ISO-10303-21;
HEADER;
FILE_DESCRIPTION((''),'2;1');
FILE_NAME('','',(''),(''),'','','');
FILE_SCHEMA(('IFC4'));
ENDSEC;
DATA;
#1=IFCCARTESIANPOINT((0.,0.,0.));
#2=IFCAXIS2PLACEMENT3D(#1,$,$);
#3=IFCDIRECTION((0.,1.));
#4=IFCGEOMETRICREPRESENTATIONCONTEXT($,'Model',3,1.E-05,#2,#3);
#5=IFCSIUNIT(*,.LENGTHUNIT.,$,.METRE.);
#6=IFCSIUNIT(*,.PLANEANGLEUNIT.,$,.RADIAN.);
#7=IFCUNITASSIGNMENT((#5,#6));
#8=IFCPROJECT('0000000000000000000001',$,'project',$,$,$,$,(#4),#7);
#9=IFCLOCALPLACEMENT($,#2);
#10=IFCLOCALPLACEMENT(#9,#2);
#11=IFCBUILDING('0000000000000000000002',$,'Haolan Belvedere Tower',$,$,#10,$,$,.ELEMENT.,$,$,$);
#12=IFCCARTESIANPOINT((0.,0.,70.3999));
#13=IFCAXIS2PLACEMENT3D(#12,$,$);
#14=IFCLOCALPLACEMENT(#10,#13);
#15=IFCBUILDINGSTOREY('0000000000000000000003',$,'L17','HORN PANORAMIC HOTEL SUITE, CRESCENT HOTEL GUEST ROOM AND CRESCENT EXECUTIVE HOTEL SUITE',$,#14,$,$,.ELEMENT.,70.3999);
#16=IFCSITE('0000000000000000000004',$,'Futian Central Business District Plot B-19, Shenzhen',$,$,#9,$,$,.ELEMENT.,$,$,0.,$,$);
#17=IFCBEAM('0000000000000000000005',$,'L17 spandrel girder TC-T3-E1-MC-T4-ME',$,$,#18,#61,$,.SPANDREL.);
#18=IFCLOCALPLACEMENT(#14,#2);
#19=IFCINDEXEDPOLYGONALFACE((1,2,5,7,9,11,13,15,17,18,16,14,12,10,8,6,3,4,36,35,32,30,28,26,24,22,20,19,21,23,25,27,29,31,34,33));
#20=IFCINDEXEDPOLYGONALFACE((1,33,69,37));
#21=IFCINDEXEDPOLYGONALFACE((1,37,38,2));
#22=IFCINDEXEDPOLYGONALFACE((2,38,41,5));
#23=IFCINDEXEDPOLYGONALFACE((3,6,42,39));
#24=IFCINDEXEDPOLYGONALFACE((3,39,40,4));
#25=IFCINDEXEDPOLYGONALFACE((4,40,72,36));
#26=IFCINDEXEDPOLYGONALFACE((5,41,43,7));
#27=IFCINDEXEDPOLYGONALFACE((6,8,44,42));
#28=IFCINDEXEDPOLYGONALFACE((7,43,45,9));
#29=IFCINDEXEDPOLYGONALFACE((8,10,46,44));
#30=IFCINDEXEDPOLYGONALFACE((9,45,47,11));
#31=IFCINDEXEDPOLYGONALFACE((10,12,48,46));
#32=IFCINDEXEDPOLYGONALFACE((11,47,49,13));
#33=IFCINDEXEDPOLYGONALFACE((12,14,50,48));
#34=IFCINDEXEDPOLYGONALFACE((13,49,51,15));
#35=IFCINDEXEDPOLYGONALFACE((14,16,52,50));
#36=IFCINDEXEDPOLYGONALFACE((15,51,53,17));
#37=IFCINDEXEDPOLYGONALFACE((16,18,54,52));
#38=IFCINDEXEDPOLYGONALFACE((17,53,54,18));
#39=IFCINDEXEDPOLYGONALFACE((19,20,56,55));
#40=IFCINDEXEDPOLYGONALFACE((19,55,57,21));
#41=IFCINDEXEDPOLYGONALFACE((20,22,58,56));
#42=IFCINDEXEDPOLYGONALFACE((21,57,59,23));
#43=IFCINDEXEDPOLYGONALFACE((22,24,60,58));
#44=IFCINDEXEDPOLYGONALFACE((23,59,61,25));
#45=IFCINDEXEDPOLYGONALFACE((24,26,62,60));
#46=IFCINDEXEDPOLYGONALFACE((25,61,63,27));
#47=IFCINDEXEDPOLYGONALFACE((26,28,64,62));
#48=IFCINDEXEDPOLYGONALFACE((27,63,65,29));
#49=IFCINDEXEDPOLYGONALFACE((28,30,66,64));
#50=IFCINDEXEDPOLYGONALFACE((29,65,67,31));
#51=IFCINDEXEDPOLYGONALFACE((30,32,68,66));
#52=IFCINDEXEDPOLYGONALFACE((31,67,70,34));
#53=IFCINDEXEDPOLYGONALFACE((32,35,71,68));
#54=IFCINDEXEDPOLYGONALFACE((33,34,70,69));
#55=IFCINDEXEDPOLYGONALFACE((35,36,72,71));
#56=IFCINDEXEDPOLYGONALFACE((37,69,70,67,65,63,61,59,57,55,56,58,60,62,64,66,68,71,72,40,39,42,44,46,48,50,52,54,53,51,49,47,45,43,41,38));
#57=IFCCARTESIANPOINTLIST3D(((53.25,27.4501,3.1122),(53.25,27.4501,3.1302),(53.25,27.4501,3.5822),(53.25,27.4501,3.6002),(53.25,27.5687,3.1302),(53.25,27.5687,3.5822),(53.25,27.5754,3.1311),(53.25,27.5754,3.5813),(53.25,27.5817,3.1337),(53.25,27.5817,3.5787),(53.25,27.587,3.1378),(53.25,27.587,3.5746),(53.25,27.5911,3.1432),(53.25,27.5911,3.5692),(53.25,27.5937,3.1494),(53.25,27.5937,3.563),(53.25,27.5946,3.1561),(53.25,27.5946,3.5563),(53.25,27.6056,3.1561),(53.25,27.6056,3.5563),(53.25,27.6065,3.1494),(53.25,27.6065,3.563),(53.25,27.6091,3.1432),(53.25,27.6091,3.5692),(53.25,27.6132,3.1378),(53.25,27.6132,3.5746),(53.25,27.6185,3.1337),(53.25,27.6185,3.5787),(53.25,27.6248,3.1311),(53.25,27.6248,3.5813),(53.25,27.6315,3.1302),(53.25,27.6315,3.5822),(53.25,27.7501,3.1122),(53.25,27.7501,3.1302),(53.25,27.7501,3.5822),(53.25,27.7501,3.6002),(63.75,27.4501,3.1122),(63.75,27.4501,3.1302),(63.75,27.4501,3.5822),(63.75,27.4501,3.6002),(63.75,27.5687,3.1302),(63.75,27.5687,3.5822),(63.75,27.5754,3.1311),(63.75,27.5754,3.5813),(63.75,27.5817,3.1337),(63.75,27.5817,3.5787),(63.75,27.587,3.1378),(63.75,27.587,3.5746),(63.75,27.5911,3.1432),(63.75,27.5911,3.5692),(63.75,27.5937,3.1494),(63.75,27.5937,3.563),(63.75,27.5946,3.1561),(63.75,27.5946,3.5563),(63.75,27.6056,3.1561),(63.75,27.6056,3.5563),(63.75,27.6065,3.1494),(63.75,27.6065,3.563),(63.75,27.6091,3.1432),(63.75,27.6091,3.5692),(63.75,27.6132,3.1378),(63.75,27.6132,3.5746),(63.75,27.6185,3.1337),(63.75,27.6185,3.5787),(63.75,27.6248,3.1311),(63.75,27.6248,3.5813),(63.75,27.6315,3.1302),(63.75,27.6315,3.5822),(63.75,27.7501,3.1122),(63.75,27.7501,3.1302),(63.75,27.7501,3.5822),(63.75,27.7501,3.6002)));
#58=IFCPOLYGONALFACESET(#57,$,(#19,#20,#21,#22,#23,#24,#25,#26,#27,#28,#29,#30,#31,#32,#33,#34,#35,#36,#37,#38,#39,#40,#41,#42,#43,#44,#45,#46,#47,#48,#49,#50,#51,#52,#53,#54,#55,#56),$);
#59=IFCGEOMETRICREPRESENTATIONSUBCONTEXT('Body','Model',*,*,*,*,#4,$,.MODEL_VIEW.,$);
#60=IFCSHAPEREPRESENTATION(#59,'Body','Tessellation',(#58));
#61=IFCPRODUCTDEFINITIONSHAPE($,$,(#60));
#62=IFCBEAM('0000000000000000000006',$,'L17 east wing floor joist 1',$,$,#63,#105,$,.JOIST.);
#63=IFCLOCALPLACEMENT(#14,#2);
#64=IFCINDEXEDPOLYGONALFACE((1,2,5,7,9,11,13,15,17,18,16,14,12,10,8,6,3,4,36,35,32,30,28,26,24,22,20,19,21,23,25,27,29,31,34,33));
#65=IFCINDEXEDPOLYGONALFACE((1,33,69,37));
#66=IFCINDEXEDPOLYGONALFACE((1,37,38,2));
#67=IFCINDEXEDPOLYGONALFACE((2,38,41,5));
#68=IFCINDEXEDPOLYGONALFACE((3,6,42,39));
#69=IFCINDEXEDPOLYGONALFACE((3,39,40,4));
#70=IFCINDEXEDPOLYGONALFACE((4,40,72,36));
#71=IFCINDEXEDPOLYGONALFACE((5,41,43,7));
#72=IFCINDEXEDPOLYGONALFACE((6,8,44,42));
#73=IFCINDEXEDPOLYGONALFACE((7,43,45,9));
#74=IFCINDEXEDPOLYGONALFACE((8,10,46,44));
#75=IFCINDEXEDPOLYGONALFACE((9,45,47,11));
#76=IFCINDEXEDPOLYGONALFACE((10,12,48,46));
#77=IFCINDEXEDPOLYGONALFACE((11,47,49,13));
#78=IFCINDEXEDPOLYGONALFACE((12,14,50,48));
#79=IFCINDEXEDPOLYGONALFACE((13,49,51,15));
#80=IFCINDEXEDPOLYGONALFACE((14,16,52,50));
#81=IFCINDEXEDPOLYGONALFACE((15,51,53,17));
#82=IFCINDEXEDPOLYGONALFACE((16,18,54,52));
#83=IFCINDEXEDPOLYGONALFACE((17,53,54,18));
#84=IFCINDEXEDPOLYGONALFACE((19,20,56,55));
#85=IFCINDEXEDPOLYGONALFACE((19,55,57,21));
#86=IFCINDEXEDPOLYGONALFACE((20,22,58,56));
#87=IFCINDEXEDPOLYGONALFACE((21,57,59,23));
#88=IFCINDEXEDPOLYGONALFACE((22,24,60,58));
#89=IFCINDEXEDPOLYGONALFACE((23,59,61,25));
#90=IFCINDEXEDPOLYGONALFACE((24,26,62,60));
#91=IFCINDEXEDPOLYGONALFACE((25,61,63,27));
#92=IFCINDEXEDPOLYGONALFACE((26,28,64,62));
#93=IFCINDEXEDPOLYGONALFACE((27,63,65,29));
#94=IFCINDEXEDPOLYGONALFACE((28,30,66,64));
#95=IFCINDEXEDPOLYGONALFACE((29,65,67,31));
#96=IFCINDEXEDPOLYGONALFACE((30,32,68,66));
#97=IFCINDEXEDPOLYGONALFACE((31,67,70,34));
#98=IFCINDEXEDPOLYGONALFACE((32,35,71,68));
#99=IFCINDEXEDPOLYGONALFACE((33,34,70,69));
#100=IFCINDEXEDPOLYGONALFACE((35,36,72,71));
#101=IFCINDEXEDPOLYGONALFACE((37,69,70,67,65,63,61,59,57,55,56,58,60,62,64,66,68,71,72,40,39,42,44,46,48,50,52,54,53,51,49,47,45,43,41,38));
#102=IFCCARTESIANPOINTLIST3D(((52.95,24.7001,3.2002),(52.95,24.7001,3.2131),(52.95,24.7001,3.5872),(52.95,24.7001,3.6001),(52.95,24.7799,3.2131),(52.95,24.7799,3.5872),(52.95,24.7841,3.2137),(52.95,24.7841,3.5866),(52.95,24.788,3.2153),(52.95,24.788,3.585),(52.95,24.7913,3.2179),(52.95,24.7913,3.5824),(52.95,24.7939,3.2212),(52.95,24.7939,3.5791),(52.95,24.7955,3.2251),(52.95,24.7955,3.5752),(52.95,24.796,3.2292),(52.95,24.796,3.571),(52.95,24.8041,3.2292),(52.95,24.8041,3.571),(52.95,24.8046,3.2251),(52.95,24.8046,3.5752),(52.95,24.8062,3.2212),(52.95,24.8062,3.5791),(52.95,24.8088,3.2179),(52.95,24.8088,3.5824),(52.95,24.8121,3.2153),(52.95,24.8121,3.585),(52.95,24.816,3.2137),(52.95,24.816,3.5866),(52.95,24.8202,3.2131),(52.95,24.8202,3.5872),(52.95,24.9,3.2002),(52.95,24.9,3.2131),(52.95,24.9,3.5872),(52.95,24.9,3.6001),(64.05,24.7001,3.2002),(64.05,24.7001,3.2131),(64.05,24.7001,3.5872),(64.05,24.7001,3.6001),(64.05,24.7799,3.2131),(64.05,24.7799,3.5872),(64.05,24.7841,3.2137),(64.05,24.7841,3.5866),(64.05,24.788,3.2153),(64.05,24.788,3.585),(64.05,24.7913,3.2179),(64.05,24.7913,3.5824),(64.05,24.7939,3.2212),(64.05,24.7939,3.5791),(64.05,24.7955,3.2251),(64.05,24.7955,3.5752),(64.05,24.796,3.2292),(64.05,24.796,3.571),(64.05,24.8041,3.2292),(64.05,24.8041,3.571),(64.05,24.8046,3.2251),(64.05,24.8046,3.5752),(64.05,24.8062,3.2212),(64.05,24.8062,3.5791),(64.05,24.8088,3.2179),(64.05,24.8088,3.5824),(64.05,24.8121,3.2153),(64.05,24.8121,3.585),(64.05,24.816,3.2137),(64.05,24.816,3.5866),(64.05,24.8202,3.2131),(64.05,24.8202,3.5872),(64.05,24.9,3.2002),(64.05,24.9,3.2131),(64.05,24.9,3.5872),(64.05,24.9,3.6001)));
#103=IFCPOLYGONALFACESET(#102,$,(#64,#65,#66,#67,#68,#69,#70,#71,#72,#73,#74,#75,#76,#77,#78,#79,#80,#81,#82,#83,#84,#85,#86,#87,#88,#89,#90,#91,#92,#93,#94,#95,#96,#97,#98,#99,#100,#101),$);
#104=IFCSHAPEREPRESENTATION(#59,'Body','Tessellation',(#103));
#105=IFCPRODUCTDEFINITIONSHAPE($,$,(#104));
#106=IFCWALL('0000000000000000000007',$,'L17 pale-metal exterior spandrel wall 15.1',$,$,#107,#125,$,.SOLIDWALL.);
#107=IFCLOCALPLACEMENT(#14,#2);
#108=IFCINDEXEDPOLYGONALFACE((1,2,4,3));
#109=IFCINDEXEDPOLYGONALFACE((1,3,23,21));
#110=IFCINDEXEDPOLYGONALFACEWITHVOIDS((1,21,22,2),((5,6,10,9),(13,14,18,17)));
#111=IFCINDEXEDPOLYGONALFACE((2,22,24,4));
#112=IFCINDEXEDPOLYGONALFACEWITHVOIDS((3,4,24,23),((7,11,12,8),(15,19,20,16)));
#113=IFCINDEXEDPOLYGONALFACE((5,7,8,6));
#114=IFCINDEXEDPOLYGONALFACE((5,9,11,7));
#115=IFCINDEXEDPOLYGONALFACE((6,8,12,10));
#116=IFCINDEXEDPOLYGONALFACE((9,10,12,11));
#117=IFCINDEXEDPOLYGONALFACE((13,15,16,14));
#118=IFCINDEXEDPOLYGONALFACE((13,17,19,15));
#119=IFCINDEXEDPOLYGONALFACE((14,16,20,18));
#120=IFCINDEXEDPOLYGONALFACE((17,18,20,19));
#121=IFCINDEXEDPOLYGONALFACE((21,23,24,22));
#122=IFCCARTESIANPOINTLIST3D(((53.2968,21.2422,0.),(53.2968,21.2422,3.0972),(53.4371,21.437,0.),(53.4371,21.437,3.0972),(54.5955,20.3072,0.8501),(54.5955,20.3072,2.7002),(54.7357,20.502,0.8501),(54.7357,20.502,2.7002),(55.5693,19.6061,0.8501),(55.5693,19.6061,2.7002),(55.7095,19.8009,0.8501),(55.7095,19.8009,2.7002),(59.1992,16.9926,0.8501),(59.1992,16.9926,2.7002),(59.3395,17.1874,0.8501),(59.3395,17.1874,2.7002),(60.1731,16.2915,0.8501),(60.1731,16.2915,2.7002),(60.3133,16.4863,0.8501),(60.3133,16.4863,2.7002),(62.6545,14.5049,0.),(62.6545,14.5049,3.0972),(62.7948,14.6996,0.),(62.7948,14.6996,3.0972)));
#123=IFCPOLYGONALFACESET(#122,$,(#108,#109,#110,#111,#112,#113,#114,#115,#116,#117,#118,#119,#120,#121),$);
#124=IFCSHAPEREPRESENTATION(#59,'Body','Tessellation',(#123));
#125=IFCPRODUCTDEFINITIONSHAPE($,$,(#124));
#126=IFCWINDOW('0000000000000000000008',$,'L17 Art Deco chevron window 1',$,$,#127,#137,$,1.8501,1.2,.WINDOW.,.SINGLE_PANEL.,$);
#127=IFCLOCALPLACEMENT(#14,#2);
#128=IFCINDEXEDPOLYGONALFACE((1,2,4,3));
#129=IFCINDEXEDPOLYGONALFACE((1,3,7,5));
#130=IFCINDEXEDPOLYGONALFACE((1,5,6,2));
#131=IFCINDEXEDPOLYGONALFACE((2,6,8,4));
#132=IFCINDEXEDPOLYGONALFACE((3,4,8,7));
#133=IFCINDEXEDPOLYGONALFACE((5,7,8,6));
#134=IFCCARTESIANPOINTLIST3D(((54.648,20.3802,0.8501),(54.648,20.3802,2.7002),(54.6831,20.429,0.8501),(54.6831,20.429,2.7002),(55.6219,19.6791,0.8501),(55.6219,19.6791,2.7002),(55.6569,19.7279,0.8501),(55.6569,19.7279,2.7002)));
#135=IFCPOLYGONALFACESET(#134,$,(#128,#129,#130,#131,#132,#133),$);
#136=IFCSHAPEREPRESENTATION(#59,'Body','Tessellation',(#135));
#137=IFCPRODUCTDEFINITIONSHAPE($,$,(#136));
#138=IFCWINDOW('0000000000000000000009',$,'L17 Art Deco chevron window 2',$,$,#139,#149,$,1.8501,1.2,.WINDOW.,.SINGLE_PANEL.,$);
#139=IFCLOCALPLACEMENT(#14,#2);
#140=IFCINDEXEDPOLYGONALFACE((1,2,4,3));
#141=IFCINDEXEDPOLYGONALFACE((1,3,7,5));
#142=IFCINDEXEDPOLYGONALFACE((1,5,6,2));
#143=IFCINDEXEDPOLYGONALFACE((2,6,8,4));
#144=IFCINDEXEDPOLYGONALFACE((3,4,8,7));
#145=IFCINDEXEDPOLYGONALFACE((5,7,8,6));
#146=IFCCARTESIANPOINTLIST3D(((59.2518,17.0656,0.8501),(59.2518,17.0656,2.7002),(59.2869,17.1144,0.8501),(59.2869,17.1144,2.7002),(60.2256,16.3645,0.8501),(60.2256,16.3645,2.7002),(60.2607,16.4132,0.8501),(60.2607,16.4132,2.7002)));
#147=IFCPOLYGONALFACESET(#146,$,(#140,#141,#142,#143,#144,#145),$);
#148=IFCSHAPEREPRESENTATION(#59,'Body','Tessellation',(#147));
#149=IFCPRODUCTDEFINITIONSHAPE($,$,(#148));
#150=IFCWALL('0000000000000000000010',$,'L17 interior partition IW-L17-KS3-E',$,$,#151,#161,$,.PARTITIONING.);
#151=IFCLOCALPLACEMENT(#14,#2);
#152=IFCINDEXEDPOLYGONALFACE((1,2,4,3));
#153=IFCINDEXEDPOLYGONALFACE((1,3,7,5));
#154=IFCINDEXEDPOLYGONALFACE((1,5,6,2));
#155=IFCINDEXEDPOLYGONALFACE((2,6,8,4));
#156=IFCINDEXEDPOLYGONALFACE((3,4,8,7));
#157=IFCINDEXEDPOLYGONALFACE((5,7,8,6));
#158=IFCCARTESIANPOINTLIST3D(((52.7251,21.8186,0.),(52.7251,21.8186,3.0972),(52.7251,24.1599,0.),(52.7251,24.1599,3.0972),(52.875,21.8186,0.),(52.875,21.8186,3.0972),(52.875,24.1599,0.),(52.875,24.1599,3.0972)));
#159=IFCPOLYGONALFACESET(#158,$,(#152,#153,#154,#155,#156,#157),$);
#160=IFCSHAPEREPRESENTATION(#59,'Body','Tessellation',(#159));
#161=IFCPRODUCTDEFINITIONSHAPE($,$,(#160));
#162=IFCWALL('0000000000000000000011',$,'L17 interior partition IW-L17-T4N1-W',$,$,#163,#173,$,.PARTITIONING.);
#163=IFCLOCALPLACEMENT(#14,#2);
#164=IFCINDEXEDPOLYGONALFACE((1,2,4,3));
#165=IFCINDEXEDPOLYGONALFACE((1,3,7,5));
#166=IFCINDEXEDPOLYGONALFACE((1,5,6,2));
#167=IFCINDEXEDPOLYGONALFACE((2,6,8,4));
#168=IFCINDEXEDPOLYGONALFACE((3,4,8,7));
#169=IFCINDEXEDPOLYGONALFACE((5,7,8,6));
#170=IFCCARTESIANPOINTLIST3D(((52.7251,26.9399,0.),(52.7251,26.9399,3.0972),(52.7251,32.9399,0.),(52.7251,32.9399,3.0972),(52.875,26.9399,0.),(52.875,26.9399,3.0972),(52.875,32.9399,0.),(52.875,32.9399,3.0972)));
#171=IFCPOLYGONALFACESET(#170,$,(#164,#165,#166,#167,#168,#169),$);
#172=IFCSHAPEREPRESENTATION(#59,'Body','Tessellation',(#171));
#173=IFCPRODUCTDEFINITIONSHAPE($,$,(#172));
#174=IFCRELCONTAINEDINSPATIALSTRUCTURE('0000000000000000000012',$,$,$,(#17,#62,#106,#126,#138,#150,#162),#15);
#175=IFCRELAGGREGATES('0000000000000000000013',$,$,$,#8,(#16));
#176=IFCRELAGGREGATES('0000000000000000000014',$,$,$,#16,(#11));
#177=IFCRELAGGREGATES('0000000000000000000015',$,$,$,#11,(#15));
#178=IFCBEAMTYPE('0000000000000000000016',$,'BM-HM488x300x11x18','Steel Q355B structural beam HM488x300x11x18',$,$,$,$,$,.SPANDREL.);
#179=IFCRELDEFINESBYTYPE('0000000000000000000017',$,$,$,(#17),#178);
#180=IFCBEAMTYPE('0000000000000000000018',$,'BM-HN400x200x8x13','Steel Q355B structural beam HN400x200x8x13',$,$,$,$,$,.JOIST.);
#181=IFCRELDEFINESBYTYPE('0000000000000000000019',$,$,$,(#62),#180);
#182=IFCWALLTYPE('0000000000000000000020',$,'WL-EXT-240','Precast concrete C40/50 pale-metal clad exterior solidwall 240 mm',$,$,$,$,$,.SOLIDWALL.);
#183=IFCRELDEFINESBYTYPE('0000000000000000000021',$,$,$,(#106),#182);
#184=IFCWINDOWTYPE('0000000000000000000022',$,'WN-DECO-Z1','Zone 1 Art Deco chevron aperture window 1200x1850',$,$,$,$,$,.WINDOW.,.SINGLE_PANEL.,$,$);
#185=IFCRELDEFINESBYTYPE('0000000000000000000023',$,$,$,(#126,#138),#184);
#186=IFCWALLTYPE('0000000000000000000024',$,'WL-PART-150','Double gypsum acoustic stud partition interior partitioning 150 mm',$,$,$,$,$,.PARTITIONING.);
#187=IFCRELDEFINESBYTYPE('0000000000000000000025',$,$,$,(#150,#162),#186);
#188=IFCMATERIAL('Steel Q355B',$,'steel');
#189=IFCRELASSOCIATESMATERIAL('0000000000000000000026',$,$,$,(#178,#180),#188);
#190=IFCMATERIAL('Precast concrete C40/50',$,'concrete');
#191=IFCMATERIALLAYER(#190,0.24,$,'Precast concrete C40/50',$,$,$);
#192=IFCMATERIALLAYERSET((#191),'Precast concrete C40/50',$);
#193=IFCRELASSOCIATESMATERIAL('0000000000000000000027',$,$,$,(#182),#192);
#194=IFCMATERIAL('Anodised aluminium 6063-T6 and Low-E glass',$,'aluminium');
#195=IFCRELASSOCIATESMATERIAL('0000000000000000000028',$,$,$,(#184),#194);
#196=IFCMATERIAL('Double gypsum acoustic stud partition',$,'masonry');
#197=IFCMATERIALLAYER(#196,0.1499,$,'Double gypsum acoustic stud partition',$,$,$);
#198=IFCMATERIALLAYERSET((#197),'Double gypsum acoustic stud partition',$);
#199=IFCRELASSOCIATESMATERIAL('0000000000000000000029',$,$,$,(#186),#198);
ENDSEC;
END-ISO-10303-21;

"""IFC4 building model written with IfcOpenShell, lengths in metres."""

from ifc_helpers import new_model, si_unit, direction, frame, frame_2d, origin, origin_2d, place, context, subcontext, project, spatial, rectangle, i_section, extrude, material, layer, layer_set, material_profile, profile_set, type_object, element, fill, save


model = new_model("IFC4")

# Units and contexts
model_context = context("Model", 3, precision=1e-05, world=origin(), true_north=direction((0.0, 1.0)))
body_context = subcontext(model_context, "Body", "Model", "MODEL_VIEW")
ifc_project = project(units=[si_unit("LENGTHUNIT", "METRE"), si_unit("PLANEANGLEUNIT", "RADIAN")], contexts=[model_context])

# Site, building, storey
site_placement = place(None, origin())
site = spatial("IfcSite", under=ifc_project, at=site_placement, Name="Futian Central Business District Plot B-19, Shenzhen", CompositionType="ELEMENT", RefElevation=0.0)
building_placement = place(site_placement, origin())
building = spatial("IfcBuilding", under=site, at=building_placement, Name="Haolan Belvedere Tower", CompositionType="ELEMENT")
storey_placement = place(building_placement, frame((0.0, 0.0, 70.3999)))
storey = spatial("IfcBuildingStorey", under=building, at=storey_placement, Name="L17", Description="HORN PANORAMIC HOTEL SUITE, CRESCENT HOTEL GUEST ROOM AND CRESCENT EXECUTIVE HOTEL SUITE", CompositionType="ELEMENT", Elevation=70.3999)

# Shared definitions
ifc_material_1 = material(Name="Steel Q355B", Category="steel")

# Beams
ifc_material_profile_1 = material_profile(ifc_material_1, i_section(OverallWidth=0.3, OverallDepth=0.488, WebThickness=0.011, FlangeThickness=0.0181, FilletRadius=0.0259, at=origin_2d()), Name="Steel Q355B")
ifc_profile_set_1 = profile_set([ifc_material_profile_1], Name="Steel Q355B")
beam_type_1 = type_object("IfcBeamType", Name="BM-HM488x300x11x18", Description="Steel Q355B structural beam HM488x300x11x18", PredefinedType="SPANDREL", material=ifc_profile_set_1)
beam_1_placement = place(storey_placement, frame((53.25, 27.6001, 3.3562), z_axis=(1.0, 0.0, 0.0), x_axis=(0.0, 1.0, 0.0)))
element("IfcBeam", 1, at=beam_1_placement, inside=storey, type_object=beam_type_1, Name="L17 spandrel girder TC-T3-E1-MC-T4-ME", PredefinedType="SPANDREL", context=body_context, shape_type="SweptSolid", body=[
    extrude(i_section(OverallWidth=0.3, OverallDepth=0.488, WebThickness=0.011, FlangeThickness=0.0181, FilletRadius=0.0259, at=origin_2d()), origin(), (0.0, 0.0, 1.0), 10.5),
])
ifc_material_profile_2 = material_profile(ifc_material_1, i_section(OverallWidth=0.2, OverallDepth=0.3999, WebThickness=0.0081, FlangeThickness=0.0129, FilletRadius=0.0161, at=origin_2d()), Name="Steel Q355B")
ifc_profile_set_2 = profile_set([ifc_material_profile_2], Name="Steel Q355B")
beam_type_2 = type_object("IfcBeamType", Name="BM-HN400x200x8x13", Description="Steel Q355B structural beam HN400x200x8x13", PredefinedType="JOIST", material=ifc_profile_set_2)
beam_2_placement = place(storey_placement, frame((52.95, 24.8, 3.4001), z_axis=(1.0, 0.0, 0.0), x_axis=(0.0, 1.0, 0.0)))
element("IfcBeam", 2, at=beam_2_placement, inside=storey, type_object=beam_type_2, Name="L17 east wing floor joist 1", PredefinedType="JOIST", context=body_context, shape_type="SweptSolid", body=[
    extrude(i_section(OverallWidth=0.2, OverallDepth=0.3999, WebThickness=0.0081, FlangeThickness=0.0129, FilletRadius=0.0161, at=origin_2d()), origin(), (0.0, 0.0, 1.0), 11.1001),
])

# Wall, openings, windows
ifc_material_2 = material(Name="Precast concrete C40/50", Category="concrete")
ifc_layer_1 = layer(ifc_material_2, 0.24, Name="Precast concrete C40/50")
ifc_layer_set_1 = layer_set([ifc_layer_1], Name="Precast concrete C40/50")
wall_type_1 = type_object("IfcWallType", Name="WL-EXT-240", Description="Precast concrete C40/50 pale-metal clad exterior solidwall 240 mm", PredefinedType="SOLIDWALL", material=ifc_layer_set_1)
wall_1_placement = place(storey_placement, frame((53.3669, 21.3396, 0.0), z_axis=(0.0, 0.0, 1.0), x_axis=(0.811543, -0.584292, 0.0)))
wall_1 = element("IfcWall", 3, at=wall_1_placement, inside=storey, type_object=wall_type_1, Name="L17 pale-metal exterior spandrel wall 15.1", PredefinedType="SOLIDWALL", context=body_context, shape_type="SweptSolid", body=[
    extrude(rectangle(XDim=11.5308, YDim=0.24, at=frame_2d((5.7654, 0.0))), origin(), (0.0, 0.0, 1.0), 3.0972),
])
opening_1_placement = place(wall_1_placement, frame((1.6001, 0.0, 0.8501)))
opening_1 = element("IfcOpeningElement", 4, at=opening_1_placement, cuts=wall_1, PredefinedType="OPENING", context=body_context, shape_type="SweptSolid", body=[
    extrude(rectangle(XDim=1.2, YDim=1.8501, at=frame_2d((0.6001, 0.925))), frame((0.0, 0.1299, 0.0), z_axis=(0.0, -1.0, 0.0), x_axis=(1.0, 0.0, 0.0)), (0.0, 0.0, 1.0), 0.26),
])
opening_2_placement = place(wall_1_placement, frame((7.2729, 0.0, 0.8501)))
opening_2 = element("IfcOpeningElement", 5, at=opening_2_placement, cuts=wall_1, PredefinedType="OPENING", context=body_context, shape_type="SweptSolid", body=[
    extrude(rectangle(XDim=1.2, YDim=1.8501, at=frame_2d((0.6001, 0.925))), frame((0.0, 0.1299, 0.0), z_axis=(0.0, -1.0, 0.0), x_axis=(1.0, 0.0, 0.0)), (0.0, 0.0, 1.0), 0.26),
])
ifc_material_3 = material(Name="Anodised aluminium 6063-T6 and Low-E glass", Category="aluminium")
window_type = type_object("IfcWindowType", Name="WN-DECO-Z1", Description="Zone 1 Art Deco chevron aperture window 1200x1850", PartitioningType="SINGLE_PANEL", PredefinedType="WINDOW", material=ifc_material_3)
window_1_placement = place(opening_1_placement, origin())
window_1 = element("IfcWindow", 6, at=window_1_placement, inside=storey, type_object=window_type, Name="L17 Art Deco chevron window 1", OverallHeight=1.8501, OverallWidth=1.2, PartitioningType="SINGLE_PANEL", PredefinedType="WINDOW", context=body_context, shape_type="SweptSolid", body=[
    extrude(rectangle(XDim=1.2, YDim=1.8501, at=frame_2d((0.6001, 0.925))), frame((0.0, 0.03, 0.0), z_axis=(0.0, -1.0, 0.0), x_axis=(1.0, 0.0, 0.0)), (0.0, 0.0, 1.0), 0.0601),
])
fill(opening_1, window_1)
window_2_placement = place(opening_2_placement, origin())
window_2 = element("IfcWindow", 7, at=window_2_placement, inside=storey, type_object=window_type, Name="L17 Art Deco chevron window 2", OverallHeight=1.8501, OverallWidth=1.2, PartitioningType="SINGLE_PANEL", PredefinedType="WINDOW", context=body_context, shape_type="SweptSolid", body=[
    extrude(rectangle(XDim=1.2, YDim=1.8501, at=frame_2d((0.6001, 0.925))), frame((0.0, 0.03, 0.0), z_axis=(0.0, -1.0, 0.0), x_axis=(1.0, 0.0, 0.0)), (0.0, 0.0, 1.0), 0.0601),
])
fill(opening_2, window_2)

# Walls
ifc_material_4 = material(Name="Double gypsum acoustic stud partition", Category="masonry")
ifc_layer_2 = layer(ifc_material_4, 0.1499, Name="Double gypsum acoustic stud partition")
ifc_layer_set_2 = layer_set([ifc_layer_2], Name="Double gypsum acoustic stud partition")
wall_type_2 = type_object("IfcWallType", Name="WL-PART-150", Description="Double gypsum acoustic stud partition interior partitioning 150 mm", PredefinedType="PARTITIONING", material=ifc_layer_set_2)
wall_2_placement = place(storey_placement, frame((52.8, 21.8186, 0.0), z_axis=(0.0, 0.0, 1.0), x_axis=(0.0, 1.0, 0.0)))
element("IfcWall", 8, at=wall_2_placement, inside=storey, type_object=wall_type_2, Name="L17 interior partition IW-L17-KS3-E", PredefinedType="PARTITIONING", context=body_context, shape_type="SweptSolid", body=[
    extrude(rectangle(XDim=2.3413, YDim=0.1499, at=frame_2d((1.1707, 0.0))), origin(), (0.0, 0.0, 1.0), 3.0972),
])
wall_3_placement = place(storey_placement, frame((52.8, 26.9399, 0.0), z_axis=(0.0, 0.0, 1.0), x_axis=(0.0, 1.0, 0.0)))
element("IfcWall", 9, at=wall_3_placement, inside=storey, type_object=wall_type_2, Name="L17 interior partition IW-L17-T4N1-W", PredefinedType="PARTITIONING", context=body_context, shape_type="SweptSolid", body=[
    extrude(rectangle(XDim=6.0, YDim=0.1499, at=frame_2d((3.0, 0.0))), origin(), (0.0, 0.0, 1.0), 3.0972),
])

save(model, "model.ifc")
